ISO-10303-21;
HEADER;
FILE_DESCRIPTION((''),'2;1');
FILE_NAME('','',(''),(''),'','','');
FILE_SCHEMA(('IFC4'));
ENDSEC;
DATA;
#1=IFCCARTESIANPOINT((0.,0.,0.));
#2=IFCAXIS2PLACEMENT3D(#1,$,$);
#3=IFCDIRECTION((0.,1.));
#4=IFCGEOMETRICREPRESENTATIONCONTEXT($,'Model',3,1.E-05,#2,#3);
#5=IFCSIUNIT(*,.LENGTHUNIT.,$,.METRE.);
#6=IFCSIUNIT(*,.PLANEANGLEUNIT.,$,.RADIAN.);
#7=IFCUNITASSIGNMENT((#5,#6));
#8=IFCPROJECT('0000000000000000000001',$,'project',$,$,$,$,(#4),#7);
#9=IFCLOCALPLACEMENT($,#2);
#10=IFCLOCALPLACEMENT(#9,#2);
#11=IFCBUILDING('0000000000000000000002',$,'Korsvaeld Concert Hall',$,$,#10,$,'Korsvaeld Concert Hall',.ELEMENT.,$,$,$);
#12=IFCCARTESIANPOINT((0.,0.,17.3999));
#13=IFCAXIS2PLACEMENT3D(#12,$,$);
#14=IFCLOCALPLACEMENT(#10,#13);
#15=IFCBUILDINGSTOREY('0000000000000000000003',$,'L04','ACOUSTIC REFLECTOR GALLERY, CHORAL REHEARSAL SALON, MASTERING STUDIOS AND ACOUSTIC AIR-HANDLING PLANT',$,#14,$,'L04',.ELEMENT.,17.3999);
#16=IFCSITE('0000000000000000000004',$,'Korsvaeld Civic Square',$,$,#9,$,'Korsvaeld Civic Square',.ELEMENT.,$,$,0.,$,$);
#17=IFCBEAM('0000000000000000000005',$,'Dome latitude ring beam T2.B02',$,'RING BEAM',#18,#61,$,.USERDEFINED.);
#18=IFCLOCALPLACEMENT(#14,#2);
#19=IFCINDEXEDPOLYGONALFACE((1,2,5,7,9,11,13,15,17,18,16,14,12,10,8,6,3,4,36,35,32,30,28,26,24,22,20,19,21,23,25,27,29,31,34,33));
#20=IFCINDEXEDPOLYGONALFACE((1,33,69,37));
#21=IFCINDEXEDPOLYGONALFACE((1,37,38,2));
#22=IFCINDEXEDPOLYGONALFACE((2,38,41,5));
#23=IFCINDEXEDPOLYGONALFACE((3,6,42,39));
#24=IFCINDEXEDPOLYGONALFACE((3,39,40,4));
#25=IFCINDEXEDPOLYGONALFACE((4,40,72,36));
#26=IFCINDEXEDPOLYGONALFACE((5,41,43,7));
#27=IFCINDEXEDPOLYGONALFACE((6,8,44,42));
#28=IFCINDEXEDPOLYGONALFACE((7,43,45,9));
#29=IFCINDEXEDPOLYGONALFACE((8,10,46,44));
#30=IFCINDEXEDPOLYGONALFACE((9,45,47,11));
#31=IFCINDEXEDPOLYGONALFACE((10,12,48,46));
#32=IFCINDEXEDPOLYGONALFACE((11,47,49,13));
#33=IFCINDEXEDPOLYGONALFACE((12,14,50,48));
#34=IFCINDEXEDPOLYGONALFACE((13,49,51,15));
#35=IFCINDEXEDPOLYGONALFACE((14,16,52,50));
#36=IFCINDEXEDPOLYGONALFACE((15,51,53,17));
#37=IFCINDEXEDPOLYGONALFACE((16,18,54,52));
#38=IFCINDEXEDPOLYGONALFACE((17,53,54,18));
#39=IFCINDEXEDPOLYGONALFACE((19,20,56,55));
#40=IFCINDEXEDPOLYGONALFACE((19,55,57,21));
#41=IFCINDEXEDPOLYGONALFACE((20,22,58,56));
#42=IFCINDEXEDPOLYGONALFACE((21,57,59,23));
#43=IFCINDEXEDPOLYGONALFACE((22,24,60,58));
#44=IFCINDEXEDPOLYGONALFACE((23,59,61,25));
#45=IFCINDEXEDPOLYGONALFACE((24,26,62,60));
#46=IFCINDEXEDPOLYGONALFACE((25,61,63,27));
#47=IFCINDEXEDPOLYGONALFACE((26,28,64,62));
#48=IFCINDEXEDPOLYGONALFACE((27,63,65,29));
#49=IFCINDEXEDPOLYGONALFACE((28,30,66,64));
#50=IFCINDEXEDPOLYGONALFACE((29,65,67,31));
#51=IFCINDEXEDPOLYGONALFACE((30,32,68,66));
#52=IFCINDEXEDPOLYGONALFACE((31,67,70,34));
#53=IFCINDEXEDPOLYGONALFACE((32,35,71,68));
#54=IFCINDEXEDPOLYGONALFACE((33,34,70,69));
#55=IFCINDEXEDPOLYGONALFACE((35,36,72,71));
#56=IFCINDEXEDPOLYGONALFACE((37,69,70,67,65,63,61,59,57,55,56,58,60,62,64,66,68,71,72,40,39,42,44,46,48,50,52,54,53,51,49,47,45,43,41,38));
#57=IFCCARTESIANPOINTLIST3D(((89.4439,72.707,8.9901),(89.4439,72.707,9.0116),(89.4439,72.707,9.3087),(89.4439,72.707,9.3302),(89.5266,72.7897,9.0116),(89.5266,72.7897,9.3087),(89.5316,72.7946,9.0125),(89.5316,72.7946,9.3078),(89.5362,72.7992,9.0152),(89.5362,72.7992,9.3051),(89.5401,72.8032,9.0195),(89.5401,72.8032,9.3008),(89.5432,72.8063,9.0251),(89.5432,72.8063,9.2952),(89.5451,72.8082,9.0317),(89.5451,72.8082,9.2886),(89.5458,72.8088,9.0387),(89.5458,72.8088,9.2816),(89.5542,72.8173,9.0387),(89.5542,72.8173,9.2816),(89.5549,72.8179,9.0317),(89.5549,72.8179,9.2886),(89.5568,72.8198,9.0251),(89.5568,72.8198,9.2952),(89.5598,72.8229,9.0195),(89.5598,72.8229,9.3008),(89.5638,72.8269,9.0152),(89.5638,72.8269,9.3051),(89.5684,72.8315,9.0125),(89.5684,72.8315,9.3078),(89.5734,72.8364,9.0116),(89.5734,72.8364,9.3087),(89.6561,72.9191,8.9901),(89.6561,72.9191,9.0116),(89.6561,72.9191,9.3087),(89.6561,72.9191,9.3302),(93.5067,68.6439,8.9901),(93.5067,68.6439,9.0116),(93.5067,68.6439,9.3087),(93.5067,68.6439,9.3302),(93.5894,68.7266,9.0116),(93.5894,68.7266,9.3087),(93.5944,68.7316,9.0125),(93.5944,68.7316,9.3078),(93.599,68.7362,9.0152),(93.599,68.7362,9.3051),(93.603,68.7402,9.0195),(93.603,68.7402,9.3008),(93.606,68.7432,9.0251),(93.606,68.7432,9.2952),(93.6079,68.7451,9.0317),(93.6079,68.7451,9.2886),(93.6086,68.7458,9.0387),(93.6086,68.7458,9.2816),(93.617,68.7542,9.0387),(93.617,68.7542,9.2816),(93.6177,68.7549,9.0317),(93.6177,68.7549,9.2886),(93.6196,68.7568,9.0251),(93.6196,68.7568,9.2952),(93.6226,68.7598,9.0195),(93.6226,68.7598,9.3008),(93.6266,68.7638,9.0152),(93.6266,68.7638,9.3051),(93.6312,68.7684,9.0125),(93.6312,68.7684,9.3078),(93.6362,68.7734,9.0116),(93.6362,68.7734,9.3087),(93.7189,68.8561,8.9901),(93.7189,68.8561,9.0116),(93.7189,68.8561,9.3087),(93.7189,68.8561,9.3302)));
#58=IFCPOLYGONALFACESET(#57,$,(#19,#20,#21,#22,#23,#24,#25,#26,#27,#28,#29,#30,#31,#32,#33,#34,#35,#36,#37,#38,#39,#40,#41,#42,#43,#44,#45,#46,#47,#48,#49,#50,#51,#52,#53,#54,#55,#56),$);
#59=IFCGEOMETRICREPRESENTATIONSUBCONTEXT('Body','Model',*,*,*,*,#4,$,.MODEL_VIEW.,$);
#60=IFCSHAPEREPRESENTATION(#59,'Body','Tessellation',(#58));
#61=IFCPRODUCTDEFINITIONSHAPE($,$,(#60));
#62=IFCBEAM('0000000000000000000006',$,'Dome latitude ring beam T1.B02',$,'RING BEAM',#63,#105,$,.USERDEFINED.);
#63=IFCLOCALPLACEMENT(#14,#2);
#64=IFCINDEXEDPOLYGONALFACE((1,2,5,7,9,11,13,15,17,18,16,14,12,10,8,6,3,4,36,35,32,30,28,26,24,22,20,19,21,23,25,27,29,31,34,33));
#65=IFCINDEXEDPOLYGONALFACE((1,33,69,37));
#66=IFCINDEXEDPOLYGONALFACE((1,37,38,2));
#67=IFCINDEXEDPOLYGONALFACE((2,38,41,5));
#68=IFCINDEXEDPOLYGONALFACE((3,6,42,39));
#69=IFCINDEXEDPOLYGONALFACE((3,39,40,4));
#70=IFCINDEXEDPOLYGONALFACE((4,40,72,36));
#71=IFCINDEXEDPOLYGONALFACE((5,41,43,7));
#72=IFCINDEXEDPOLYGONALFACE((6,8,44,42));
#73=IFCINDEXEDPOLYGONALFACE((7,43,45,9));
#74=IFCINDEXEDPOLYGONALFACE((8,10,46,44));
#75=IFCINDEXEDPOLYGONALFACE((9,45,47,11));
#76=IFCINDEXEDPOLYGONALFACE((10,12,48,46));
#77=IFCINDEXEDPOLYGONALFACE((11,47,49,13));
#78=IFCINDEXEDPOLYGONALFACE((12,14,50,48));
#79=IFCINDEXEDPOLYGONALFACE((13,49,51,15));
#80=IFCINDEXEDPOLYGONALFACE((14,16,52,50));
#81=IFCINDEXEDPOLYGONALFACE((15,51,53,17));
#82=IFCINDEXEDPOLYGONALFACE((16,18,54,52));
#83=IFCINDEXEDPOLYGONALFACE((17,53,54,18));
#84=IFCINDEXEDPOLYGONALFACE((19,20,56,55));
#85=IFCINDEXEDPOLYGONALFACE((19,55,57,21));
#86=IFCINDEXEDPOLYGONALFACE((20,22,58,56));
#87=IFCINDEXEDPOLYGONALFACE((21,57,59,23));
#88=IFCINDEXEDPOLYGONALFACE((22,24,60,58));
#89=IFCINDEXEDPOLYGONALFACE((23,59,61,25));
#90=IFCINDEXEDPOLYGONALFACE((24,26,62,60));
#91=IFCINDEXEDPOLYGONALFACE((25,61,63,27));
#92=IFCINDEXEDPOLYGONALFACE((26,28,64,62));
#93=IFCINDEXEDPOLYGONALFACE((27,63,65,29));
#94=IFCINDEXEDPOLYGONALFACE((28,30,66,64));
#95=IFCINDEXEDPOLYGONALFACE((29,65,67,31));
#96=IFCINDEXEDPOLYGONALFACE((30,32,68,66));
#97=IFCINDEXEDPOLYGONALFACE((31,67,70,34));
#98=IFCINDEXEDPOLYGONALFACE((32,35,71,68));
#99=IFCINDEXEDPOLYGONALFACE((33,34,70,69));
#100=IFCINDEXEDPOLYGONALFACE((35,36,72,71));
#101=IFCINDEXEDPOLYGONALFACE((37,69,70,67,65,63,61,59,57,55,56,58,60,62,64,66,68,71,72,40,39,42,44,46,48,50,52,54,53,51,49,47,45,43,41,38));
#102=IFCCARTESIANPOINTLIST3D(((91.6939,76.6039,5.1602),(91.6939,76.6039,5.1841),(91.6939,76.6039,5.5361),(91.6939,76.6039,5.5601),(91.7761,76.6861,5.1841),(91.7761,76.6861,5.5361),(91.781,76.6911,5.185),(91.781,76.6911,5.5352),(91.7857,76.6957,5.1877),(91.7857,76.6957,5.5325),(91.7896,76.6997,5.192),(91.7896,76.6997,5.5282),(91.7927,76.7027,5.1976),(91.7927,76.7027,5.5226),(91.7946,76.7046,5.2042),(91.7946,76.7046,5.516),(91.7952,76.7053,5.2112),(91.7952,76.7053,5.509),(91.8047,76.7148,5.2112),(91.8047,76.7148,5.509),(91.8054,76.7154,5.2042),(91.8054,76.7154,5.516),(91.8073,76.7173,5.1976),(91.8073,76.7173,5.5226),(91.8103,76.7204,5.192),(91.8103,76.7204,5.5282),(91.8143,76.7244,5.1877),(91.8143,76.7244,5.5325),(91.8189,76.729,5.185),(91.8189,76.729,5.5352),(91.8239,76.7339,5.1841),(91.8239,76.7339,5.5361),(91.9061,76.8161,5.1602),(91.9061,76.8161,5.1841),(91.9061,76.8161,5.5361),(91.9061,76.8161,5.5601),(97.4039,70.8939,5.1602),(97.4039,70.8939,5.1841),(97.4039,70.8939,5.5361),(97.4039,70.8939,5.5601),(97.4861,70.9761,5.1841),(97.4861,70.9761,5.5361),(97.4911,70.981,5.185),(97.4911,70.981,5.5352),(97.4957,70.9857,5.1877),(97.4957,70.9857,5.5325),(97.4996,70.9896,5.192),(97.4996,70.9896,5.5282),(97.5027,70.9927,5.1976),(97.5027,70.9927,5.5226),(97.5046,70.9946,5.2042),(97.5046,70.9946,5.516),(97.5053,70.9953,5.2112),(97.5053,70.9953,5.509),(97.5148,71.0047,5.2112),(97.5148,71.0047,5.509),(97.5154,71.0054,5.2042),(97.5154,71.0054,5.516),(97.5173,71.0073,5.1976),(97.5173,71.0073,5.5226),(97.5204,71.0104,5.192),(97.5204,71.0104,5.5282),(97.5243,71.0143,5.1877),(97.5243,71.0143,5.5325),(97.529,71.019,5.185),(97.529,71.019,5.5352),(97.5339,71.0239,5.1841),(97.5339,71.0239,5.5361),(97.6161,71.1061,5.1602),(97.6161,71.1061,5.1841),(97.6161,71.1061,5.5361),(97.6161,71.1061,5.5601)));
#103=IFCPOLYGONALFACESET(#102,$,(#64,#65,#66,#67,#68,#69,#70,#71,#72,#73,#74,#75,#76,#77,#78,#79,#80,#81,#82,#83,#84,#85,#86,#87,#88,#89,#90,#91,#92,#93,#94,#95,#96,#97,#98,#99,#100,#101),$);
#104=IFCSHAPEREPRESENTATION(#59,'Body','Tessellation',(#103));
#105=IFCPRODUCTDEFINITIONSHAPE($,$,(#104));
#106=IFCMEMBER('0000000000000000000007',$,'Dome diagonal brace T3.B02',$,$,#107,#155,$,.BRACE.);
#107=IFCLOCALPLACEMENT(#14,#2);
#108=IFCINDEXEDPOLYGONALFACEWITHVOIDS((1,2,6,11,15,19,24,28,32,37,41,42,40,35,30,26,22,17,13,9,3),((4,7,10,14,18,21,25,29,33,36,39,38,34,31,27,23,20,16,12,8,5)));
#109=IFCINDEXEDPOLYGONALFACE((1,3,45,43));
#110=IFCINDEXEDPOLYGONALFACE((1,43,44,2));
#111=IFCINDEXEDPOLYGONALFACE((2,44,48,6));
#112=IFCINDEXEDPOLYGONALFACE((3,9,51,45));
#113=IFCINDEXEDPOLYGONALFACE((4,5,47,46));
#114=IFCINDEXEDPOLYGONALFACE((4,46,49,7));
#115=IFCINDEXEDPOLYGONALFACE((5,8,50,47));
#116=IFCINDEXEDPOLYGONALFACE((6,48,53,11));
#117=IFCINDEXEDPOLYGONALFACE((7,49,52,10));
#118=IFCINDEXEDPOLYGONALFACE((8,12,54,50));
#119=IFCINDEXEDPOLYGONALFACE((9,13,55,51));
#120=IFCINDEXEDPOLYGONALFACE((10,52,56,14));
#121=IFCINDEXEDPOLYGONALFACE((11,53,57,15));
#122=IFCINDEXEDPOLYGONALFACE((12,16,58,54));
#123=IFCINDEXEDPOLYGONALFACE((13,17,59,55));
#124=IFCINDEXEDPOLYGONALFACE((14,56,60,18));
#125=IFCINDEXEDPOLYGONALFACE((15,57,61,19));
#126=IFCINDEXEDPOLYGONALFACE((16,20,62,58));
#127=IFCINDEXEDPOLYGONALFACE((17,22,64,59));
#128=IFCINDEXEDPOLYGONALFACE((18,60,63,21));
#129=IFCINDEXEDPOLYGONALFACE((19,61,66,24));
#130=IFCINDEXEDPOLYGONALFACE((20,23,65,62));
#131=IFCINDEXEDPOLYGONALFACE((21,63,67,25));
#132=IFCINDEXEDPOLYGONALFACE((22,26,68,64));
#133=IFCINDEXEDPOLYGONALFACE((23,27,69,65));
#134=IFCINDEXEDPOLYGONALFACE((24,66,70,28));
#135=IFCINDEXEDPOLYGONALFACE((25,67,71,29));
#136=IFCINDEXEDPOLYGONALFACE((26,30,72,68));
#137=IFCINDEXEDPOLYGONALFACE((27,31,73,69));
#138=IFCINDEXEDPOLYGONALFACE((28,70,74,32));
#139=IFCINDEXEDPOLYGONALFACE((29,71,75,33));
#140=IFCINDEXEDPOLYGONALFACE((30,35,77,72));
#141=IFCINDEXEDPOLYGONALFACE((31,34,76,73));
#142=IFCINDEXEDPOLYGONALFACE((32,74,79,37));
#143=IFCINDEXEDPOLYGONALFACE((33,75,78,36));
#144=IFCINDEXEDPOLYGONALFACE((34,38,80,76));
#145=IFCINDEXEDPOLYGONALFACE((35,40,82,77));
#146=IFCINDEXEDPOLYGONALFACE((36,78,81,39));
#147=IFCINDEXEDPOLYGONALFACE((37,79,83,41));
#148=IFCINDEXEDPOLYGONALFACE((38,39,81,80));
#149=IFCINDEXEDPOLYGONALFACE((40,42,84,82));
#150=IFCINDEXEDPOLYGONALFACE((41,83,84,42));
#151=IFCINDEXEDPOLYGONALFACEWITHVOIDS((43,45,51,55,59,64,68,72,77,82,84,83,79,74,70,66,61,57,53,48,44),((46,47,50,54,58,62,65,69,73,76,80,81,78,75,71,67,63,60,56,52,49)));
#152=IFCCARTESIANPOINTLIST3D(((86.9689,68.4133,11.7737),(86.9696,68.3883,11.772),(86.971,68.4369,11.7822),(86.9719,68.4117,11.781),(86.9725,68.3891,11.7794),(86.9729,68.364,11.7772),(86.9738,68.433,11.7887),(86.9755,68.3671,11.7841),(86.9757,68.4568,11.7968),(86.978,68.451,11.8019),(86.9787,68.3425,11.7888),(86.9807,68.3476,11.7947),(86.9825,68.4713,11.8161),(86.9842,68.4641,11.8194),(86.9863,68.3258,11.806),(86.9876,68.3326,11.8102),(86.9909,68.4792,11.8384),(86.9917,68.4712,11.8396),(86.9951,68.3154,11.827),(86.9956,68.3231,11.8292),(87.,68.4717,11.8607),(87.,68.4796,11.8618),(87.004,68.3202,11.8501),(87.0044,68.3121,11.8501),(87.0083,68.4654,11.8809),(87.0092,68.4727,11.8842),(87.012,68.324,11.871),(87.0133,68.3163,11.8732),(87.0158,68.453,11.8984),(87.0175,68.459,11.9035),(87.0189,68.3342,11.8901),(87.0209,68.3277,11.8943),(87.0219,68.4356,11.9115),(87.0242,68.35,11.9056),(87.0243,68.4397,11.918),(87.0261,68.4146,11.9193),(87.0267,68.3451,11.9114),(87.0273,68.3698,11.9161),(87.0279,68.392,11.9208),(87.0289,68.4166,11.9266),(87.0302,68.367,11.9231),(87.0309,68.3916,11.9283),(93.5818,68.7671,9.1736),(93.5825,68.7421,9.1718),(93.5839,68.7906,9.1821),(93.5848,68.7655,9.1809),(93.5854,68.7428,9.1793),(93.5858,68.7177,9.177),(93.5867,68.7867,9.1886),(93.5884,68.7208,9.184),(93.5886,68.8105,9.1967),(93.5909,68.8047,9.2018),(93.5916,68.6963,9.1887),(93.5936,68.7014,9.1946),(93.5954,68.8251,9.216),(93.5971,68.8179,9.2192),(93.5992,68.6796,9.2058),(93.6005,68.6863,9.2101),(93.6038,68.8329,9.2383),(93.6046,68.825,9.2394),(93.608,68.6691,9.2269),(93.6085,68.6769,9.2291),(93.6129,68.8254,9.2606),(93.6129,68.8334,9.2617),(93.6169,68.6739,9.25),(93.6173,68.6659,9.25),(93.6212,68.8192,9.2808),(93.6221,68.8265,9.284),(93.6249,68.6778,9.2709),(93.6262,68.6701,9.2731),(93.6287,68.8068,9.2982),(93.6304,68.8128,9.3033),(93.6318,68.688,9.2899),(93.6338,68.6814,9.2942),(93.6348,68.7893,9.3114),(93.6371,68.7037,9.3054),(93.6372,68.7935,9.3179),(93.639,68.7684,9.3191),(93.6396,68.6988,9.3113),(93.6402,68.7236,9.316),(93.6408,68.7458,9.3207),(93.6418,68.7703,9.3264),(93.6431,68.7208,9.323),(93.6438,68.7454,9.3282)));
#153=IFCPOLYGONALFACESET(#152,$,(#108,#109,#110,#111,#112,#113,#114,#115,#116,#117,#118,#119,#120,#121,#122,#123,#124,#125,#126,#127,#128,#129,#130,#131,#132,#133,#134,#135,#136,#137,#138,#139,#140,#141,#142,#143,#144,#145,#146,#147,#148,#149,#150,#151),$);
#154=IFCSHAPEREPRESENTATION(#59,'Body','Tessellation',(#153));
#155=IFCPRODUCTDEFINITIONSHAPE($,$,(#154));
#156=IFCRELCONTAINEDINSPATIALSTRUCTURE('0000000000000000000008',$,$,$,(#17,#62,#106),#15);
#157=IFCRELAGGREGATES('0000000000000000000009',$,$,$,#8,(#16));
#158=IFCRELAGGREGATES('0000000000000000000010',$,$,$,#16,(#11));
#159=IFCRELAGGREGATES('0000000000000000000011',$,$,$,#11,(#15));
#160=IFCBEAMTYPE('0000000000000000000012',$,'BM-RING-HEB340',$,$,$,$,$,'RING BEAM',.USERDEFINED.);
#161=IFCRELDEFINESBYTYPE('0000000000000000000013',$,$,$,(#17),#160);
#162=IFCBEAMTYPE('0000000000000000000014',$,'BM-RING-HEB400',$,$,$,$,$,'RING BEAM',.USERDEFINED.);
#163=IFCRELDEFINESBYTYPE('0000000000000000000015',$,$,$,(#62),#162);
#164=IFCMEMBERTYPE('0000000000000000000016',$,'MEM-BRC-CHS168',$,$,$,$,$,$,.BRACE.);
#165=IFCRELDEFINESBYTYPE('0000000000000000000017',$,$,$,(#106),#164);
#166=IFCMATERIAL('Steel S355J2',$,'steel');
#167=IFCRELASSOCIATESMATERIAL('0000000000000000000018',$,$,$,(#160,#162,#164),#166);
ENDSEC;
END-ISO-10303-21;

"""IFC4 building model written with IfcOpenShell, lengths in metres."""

from ifc_helpers import new_model, si_unit, direction, frame, origin, origin_2d, place, context, subcontext, project, spatial, hollow_circle, i_section, extrude, material, material_profile, profile_set, type_object, element, save


model = new_model("IFC4")

# Units and contexts
model_context = context("Model", 3, precision=1e-05, world=origin(), true_north=direction((0.0, 1.0)))
body_context = subcontext(model_context, "Body", "Model", "MODEL_VIEW")
ifc_project = project(units=[si_unit("LENGTHUNIT", "METRE"), si_unit("PLANEANGLEUNIT", "RADIAN")], contexts=[model_context])

# Site, building, storey
site_placement = place(None, origin())
site = spatial("IfcSite", under=ifc_project, at=site_placement, Name="Korsvaeld Civic Square", LongName="Korsvaeld Civic Square", CompositionType="ELEMENT", RefElevation=0.0)
building_placement = place(site_placement, origin())
building = spatial("IfcBuilding", under=site, at=building_placement, Name="Korsvaeld Concert Hall", LongName="Korsvaeld Concert Hall", CompositionType="ELEMENT")
storey_placement = place(building_placement, frame((0.0, 0.0, 17.3999)))
storey = spatial("IfcBuildingStorey", under=building, at=storey_placement, Name="L04", Description="ACOUSTIC REFLECTOR GALLERY, CHORAL REHEARSAL SALON, MASTERING STUDIOS AND ACOUSTIC AIR-HANDLING PLANT", LongName="L04", CompositionType="ELEMENT", Elevation=17.3999)

# Beams
ifc_material_1 = material(Name="Steel S355J2", Category="steel")
ifc_material_profile_1 = material_profile(ifc_material_1, i_section(OverallWidth=0.3, OverallDepth=0.3401, WebThickness=0.012, FlangeThickness=0.0215, FilletRadius=0.0271, at=origin_2d()), Name="HEB 340")
ifc_profile_set_1 = profile_set([ifc_material_profile_1], Name="Steel S355J2")
beam_type_1 = type_object("IfcBeamType", Name="BM-RING-HEB340", ElementType="RING BEAM", PredefinedType="USERDEFINED", material=ifc_profile_set_1)
beam_1_placement = place(storey_placement, frame((93.6128, 68.75, 9.1602), z_axis=(-0.707086, 0.707128, 0.0), x_axis=(-0.707128, -0.707086, 0.0)))
element("IfcBeam", 1, at=beam_1_placement, inside=storey, type_object=beam_type_1, Name="Dome latitude ring beam T2.B02", ObjectType="RING BEAM", PredefinedType="USERDEFINED", context=body_context, shape_type="SweptSolid", body=[
    extrude(i_section(OverallWidth=0.3, OverallDepth=0.3401, WebThickness=0.012, FlangeThickness=0.0215, FilletRadius=0.0271, at=origin_2d()), origin(), (0.0, 0.0, 1.0), 5.7458),
])
ifc_material_profile_2 = material_profile(ifc_material_1, i_section(OverallWidth=0.3, OverallDepth=0.3999, WebThickness=0.0134, FlangeThickness=0.0239, FilletRadius=0.0271, at=origin_2d()), Name="HEB 400")
ifc_profile_set_2 = profile_set([ifc_material_profile_2], Name="Steel S355J2")
beam_type_2 = type_object("IfcBeamType", Name="BM-RING-HEB400", ElementType="RING BEAM", PredefinedType="USERDEFINED", material=ifc_profile_set_2)
beam_2_placement = place(storey_placement, frame((97.51, 71.0, 5.3601), z_axis=(-0.707107, 0.707107, 0.0), x_axis=(-0.707107, -0.707107, 0.0)))
element("IfcBeam", 2, at=beam_2_placement, inside=storey, type_object=beam_type_2, Name="Dome latitude ring beam T1.B02", ObjectType="RING BEAM", PredefinedType="USERDEFINED", context=body_context, shape_type="SweptSolid", body=[
    extrude(i_section(OverallWidth=0.3, OverallDepth=0.3999, WebThickness=0.0134, FlangeThickness=0.0239, FilletRadius=0.0271, at=origin_2d()), origin(), (0.0, 0.0, 1.0), 8.0752),
])

# Member
ifc_material_profile_3 = material_profile(ifc_material_1, hollow_circle(Radius=0.0842, WallThickness=0.0081, at=origin_2d()), Name="CHS 168.3x8")
ifc_profile_set_3 = profile_set([ifc_material_profile_3], Name="Steel S355J2")
member_type_1 = type_object("IfcMemberType", Name="MEM-BRC-CHS168", PredefinedType="BRACE", material=ifc_profile_set_3)
member_1_placement = place(storey_placement, frame((93.6128, 68.75, 9.25), z_axis=(-0.929494, -0.049724, 0.36547), x_axis=(0.05342, -0.998572, 0.0)))
element("IfcMember", 3, at=member_1_placement, inside=storey, type_object=member_type_1, Name="Dome diagonal brace T3.B02", PredefinedType="BRACE", context=body_context, shape_type="SweptSolid", body=[
    extrude(hollow_circle(Radius=0.0842, WallThickness=0.0081, at=origin_2d()), origin(), (0.0, 0.0, 1.0), 7.1145),
])

save(model, "model.ifc")
